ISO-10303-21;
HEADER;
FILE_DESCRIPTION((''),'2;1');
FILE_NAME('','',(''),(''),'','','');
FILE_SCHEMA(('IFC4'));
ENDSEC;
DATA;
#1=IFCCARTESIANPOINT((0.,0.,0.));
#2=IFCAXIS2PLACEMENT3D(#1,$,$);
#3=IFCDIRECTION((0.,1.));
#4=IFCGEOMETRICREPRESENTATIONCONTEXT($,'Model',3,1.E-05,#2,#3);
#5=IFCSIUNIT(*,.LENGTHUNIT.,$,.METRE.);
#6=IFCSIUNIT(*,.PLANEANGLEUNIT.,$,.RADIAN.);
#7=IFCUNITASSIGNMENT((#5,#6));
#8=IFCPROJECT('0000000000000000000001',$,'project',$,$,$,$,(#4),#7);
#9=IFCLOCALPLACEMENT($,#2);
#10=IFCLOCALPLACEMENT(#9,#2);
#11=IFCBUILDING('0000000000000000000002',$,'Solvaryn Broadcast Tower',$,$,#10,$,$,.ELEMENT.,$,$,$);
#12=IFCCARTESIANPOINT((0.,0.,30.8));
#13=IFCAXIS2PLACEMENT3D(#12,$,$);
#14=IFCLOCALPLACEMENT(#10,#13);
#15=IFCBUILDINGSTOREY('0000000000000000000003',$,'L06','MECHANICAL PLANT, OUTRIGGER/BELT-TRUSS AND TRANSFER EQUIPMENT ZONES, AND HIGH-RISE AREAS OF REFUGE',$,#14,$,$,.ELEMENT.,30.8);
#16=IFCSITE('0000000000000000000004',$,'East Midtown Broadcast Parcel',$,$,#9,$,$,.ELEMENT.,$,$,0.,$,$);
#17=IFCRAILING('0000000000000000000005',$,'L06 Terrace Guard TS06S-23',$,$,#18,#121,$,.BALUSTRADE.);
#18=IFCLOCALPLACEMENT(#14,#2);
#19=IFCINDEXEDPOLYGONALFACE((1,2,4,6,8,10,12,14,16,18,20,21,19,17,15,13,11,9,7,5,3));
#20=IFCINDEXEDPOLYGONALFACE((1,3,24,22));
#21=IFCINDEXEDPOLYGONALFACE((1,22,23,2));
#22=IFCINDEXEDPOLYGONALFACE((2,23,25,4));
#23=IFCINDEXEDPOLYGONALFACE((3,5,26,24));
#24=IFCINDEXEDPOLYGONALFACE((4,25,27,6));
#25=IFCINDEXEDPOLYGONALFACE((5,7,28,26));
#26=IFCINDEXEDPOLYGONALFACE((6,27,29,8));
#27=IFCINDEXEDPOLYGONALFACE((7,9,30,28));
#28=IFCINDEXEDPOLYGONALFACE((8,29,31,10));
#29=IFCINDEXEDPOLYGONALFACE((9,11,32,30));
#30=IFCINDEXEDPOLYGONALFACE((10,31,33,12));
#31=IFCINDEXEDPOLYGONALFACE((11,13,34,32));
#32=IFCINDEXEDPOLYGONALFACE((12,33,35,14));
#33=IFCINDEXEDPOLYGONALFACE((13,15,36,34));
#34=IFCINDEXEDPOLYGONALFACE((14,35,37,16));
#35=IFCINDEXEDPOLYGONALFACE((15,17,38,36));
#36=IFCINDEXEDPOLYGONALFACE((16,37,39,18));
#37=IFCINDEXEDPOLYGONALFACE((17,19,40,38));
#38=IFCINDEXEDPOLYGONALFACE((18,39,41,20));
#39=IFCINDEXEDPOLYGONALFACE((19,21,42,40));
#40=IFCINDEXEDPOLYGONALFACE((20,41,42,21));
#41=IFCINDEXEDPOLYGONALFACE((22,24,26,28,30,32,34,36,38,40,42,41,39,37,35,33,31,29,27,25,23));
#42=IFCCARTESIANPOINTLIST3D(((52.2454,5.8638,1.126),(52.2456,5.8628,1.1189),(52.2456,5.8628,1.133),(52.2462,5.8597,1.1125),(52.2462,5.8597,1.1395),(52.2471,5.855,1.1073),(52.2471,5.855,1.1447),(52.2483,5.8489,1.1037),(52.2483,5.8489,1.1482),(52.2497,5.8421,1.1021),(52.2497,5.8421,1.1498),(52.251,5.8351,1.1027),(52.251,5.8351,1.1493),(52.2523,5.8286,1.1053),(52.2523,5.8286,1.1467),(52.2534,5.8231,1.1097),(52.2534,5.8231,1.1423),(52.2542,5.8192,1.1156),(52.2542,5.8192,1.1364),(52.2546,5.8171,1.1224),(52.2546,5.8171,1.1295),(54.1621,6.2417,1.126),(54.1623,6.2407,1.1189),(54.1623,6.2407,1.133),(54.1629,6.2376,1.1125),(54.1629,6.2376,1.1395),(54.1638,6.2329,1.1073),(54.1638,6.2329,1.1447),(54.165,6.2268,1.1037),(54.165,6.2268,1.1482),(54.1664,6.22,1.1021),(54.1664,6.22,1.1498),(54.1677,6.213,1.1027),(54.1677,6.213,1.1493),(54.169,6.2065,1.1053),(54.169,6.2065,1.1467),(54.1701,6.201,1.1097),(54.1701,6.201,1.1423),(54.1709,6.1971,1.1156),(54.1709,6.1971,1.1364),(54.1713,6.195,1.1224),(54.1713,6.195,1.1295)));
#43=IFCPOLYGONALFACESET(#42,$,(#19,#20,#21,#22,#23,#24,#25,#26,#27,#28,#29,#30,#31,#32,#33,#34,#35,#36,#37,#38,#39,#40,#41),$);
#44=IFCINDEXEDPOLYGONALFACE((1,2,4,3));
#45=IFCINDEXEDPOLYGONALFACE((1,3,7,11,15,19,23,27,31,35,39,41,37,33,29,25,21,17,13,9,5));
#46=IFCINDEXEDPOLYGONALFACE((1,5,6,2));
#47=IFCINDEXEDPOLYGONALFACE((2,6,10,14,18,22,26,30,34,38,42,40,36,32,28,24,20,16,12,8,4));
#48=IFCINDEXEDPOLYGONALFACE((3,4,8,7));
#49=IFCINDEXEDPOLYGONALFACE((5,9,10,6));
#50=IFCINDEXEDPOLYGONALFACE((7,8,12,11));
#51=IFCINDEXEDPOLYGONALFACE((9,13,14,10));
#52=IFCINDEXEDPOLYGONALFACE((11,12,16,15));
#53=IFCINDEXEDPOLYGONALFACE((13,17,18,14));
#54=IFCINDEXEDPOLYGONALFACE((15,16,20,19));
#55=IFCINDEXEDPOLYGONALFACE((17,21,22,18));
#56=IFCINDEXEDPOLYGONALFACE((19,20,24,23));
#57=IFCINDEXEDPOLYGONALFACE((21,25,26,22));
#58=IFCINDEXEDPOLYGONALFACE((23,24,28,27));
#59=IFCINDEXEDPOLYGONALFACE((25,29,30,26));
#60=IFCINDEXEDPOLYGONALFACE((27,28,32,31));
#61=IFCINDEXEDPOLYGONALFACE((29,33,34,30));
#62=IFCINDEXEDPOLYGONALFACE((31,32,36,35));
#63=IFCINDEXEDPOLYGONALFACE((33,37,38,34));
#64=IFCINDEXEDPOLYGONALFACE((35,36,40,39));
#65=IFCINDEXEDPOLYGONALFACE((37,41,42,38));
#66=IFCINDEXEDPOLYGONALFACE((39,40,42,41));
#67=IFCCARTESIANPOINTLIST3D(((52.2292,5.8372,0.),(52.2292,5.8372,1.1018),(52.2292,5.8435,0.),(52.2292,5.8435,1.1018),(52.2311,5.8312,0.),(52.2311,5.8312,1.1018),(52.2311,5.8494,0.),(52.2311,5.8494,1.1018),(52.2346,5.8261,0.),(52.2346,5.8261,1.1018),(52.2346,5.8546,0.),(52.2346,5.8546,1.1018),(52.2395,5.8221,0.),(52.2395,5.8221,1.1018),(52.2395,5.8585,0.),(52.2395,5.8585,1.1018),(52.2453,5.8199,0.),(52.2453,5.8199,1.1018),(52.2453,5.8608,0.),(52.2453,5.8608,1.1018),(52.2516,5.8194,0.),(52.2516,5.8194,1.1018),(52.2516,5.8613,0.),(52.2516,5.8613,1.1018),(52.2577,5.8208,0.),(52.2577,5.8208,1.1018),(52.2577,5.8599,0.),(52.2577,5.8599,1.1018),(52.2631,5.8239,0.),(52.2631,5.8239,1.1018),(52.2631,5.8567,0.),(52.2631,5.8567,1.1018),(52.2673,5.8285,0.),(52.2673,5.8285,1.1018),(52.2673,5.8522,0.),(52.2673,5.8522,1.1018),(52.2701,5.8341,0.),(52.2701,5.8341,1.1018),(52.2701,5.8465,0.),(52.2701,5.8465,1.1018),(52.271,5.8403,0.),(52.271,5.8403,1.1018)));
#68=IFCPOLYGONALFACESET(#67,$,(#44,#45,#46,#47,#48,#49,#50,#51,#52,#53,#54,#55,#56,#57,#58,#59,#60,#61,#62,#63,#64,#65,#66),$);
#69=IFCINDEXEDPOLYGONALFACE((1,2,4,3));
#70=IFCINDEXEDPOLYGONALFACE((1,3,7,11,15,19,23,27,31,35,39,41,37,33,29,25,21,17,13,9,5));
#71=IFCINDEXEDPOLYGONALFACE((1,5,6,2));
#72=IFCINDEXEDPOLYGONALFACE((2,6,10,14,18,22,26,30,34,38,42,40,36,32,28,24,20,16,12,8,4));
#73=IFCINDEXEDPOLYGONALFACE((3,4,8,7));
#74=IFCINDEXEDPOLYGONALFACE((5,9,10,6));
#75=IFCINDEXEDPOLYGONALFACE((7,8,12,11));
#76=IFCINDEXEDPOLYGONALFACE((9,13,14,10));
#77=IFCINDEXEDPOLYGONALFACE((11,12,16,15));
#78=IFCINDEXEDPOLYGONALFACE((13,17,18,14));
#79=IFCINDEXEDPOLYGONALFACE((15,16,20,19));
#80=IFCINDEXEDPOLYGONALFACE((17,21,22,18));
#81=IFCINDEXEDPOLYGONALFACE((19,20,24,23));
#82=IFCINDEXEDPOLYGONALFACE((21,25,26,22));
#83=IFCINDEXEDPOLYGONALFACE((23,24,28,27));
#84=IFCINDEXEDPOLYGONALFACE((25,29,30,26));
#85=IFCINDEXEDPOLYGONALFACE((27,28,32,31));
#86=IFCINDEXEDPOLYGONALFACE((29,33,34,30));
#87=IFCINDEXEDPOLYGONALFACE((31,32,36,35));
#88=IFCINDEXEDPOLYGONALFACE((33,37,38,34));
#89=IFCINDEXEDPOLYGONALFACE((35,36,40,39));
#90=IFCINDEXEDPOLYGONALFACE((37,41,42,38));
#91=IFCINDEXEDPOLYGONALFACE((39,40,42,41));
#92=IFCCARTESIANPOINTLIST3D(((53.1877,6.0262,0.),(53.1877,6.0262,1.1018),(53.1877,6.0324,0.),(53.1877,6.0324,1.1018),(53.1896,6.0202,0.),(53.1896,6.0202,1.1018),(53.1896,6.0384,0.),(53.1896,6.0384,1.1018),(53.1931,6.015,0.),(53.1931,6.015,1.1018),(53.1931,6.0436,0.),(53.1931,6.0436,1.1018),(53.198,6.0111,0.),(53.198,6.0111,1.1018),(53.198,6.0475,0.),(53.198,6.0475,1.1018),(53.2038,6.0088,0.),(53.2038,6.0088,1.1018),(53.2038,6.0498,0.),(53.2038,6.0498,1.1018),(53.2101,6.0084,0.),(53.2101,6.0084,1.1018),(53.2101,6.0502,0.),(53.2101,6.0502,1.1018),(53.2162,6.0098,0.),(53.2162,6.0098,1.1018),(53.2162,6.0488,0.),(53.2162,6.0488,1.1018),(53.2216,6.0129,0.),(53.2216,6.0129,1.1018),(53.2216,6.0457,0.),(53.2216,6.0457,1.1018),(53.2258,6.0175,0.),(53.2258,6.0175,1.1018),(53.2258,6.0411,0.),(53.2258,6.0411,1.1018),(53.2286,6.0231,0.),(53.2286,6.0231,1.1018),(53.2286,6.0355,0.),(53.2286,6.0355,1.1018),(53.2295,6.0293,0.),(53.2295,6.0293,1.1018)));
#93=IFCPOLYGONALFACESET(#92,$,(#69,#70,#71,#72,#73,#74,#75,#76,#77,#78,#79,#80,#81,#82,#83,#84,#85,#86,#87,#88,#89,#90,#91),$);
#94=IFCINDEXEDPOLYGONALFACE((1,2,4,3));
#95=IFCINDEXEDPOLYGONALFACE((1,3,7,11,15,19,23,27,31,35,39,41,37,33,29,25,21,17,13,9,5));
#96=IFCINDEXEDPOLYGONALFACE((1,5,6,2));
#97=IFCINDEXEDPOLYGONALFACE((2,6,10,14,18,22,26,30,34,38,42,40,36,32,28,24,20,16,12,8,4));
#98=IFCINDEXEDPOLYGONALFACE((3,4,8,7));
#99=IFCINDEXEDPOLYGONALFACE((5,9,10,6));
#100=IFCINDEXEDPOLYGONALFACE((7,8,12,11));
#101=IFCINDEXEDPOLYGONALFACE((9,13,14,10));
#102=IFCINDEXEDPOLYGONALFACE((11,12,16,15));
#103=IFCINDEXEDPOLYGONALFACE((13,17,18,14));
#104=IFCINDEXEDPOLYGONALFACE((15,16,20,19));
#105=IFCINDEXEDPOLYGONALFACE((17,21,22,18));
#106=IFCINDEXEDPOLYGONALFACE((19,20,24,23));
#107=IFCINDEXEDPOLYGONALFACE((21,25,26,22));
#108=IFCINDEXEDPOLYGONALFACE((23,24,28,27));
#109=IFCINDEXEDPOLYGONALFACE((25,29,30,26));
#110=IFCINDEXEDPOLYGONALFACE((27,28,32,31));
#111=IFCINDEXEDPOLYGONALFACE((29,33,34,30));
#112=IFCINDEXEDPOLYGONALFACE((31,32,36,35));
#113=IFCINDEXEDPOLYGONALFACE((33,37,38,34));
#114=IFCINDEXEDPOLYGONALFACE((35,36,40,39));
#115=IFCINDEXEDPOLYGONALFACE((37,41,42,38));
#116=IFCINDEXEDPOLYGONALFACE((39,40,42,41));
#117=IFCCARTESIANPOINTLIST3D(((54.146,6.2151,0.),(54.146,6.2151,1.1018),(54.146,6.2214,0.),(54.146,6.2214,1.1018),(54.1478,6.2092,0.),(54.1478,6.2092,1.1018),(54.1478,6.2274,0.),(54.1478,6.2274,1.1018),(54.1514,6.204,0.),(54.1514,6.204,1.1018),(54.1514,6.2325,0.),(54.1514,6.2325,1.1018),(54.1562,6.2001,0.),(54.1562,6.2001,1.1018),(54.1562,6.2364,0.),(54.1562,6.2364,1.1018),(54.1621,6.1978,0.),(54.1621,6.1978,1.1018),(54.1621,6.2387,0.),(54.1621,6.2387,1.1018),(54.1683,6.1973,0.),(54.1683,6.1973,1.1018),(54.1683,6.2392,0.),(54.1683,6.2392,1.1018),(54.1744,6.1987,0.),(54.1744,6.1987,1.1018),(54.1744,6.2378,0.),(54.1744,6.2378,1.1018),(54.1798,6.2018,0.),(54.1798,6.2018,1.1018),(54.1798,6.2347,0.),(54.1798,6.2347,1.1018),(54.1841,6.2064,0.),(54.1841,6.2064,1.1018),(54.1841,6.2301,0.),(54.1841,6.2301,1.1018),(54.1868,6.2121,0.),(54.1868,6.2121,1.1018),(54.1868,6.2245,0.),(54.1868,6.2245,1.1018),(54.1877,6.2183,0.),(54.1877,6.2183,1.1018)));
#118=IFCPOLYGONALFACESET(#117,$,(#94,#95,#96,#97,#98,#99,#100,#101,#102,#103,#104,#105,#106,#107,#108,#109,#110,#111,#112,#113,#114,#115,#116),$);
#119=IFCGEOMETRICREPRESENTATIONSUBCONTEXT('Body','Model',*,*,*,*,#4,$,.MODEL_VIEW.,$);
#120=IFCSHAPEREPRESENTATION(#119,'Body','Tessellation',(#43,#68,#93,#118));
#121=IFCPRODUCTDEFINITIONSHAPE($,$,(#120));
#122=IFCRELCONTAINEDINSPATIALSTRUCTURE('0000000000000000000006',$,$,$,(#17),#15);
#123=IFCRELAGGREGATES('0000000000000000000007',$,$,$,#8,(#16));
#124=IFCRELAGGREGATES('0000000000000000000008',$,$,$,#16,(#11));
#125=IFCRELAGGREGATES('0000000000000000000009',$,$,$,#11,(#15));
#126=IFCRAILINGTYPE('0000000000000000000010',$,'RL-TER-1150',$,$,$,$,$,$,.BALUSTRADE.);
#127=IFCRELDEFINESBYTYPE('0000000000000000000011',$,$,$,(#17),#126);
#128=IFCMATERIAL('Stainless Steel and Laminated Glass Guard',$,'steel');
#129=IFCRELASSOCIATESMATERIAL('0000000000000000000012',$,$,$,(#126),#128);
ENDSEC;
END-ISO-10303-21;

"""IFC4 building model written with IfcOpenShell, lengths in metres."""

from ifc_helpers import new_model, si_unit, direction, frame, origin, origin_2d, place, context, subcontext, project, spatial, circle, extrude, material, type_object, element, save


model = new_model("IFC4")

# Units and contexts
model_context = context("Model", 3, precision=1e-05, world=origin(), true_north=direction((0.0, 1.0)))
body_context = subcontext(model_context, "Body", "Model", "MODEL_VIEW")
ifc_project = project(units=[si_unit("LENGTHUNIT", "METRE"), si_unit("PLANEANGLEUNIT", "RADIAN")], contexts=[model_context])

# Site, building, storey
site_placement = place(None, origin())
site = spatial("IfcSite", under=ifc_project, at=site_placement, Name="East Midtown Broadcast Parcel", CompositionType="ELEMENT", RefElevation=0.0)
building_placement = place(site_placement, origin())
building = spatial("IfcBuilding", under=site, at=building_placement, Name="Solvaryn Broadcast Tower", CompositionType="ELEMENT")
storey_placement = place(building_placement, frame((0.0, 0.0, 30.8)))
storey = spatial("IfcBuildingStorey", under=building, at=storey_placement, Name="L06", Description="MECHANICAL PLANT, OUTRIGGER/BELT-TRUSS AND TRANSFER EQUIPMENT ZONES, AND HIGH-RISE AREAS OF REFUGE", CompositionType="ELEMENT", Elevation=30.8)

# Railing
ifc_material_1 = material(Name="Stainless Steel and Laminated Glass Guard", Category="steel")
railing_type = type_object("IfcRailingType", Name="RL-TER-1150", PredefinedType="BALUSTRADE", material=ifc_material_1)
railing_1_placement = place(storey_placement, frame((52.25, 5.8403, 0.0)))
element("IfcRailing", 1, at=railing_1_placement, inside=storey, type_object=railing_type, Name="L06 Terrace Guard TS06S-23", PredefinedType="BALUSTRADE", context=body_context, shape_type="SweptSolid", body=[
    extrude(circle(Radius=0.0239, at=origin_2d()), frame((0.0, 0.0, 1.126), z_axis=(0.981111, 0.193448, 0.0), x_axis=(-0.193448, 0.981111, 0.0)), (0.0, 0.0, 1.0), 1.9536),
    extrude(circle(Radius=0.021, at=origin_2d()), origin(), (0.0, 0.0, 1.0), 1.1018),
    extrude(circle(Radius=0.021, at=origin_2d()), frame((0.9585, 0.189, 0.0)), (0.0, 0.0, 1.0), 1.1018),
    extrude(circle(Radius=0.021, at=origin_2d()), frame((1.9167, 0.3779, 0.0)), (0.0, 0.0, 1.0), 1.1018),
])

save(model, "model.ifc")
